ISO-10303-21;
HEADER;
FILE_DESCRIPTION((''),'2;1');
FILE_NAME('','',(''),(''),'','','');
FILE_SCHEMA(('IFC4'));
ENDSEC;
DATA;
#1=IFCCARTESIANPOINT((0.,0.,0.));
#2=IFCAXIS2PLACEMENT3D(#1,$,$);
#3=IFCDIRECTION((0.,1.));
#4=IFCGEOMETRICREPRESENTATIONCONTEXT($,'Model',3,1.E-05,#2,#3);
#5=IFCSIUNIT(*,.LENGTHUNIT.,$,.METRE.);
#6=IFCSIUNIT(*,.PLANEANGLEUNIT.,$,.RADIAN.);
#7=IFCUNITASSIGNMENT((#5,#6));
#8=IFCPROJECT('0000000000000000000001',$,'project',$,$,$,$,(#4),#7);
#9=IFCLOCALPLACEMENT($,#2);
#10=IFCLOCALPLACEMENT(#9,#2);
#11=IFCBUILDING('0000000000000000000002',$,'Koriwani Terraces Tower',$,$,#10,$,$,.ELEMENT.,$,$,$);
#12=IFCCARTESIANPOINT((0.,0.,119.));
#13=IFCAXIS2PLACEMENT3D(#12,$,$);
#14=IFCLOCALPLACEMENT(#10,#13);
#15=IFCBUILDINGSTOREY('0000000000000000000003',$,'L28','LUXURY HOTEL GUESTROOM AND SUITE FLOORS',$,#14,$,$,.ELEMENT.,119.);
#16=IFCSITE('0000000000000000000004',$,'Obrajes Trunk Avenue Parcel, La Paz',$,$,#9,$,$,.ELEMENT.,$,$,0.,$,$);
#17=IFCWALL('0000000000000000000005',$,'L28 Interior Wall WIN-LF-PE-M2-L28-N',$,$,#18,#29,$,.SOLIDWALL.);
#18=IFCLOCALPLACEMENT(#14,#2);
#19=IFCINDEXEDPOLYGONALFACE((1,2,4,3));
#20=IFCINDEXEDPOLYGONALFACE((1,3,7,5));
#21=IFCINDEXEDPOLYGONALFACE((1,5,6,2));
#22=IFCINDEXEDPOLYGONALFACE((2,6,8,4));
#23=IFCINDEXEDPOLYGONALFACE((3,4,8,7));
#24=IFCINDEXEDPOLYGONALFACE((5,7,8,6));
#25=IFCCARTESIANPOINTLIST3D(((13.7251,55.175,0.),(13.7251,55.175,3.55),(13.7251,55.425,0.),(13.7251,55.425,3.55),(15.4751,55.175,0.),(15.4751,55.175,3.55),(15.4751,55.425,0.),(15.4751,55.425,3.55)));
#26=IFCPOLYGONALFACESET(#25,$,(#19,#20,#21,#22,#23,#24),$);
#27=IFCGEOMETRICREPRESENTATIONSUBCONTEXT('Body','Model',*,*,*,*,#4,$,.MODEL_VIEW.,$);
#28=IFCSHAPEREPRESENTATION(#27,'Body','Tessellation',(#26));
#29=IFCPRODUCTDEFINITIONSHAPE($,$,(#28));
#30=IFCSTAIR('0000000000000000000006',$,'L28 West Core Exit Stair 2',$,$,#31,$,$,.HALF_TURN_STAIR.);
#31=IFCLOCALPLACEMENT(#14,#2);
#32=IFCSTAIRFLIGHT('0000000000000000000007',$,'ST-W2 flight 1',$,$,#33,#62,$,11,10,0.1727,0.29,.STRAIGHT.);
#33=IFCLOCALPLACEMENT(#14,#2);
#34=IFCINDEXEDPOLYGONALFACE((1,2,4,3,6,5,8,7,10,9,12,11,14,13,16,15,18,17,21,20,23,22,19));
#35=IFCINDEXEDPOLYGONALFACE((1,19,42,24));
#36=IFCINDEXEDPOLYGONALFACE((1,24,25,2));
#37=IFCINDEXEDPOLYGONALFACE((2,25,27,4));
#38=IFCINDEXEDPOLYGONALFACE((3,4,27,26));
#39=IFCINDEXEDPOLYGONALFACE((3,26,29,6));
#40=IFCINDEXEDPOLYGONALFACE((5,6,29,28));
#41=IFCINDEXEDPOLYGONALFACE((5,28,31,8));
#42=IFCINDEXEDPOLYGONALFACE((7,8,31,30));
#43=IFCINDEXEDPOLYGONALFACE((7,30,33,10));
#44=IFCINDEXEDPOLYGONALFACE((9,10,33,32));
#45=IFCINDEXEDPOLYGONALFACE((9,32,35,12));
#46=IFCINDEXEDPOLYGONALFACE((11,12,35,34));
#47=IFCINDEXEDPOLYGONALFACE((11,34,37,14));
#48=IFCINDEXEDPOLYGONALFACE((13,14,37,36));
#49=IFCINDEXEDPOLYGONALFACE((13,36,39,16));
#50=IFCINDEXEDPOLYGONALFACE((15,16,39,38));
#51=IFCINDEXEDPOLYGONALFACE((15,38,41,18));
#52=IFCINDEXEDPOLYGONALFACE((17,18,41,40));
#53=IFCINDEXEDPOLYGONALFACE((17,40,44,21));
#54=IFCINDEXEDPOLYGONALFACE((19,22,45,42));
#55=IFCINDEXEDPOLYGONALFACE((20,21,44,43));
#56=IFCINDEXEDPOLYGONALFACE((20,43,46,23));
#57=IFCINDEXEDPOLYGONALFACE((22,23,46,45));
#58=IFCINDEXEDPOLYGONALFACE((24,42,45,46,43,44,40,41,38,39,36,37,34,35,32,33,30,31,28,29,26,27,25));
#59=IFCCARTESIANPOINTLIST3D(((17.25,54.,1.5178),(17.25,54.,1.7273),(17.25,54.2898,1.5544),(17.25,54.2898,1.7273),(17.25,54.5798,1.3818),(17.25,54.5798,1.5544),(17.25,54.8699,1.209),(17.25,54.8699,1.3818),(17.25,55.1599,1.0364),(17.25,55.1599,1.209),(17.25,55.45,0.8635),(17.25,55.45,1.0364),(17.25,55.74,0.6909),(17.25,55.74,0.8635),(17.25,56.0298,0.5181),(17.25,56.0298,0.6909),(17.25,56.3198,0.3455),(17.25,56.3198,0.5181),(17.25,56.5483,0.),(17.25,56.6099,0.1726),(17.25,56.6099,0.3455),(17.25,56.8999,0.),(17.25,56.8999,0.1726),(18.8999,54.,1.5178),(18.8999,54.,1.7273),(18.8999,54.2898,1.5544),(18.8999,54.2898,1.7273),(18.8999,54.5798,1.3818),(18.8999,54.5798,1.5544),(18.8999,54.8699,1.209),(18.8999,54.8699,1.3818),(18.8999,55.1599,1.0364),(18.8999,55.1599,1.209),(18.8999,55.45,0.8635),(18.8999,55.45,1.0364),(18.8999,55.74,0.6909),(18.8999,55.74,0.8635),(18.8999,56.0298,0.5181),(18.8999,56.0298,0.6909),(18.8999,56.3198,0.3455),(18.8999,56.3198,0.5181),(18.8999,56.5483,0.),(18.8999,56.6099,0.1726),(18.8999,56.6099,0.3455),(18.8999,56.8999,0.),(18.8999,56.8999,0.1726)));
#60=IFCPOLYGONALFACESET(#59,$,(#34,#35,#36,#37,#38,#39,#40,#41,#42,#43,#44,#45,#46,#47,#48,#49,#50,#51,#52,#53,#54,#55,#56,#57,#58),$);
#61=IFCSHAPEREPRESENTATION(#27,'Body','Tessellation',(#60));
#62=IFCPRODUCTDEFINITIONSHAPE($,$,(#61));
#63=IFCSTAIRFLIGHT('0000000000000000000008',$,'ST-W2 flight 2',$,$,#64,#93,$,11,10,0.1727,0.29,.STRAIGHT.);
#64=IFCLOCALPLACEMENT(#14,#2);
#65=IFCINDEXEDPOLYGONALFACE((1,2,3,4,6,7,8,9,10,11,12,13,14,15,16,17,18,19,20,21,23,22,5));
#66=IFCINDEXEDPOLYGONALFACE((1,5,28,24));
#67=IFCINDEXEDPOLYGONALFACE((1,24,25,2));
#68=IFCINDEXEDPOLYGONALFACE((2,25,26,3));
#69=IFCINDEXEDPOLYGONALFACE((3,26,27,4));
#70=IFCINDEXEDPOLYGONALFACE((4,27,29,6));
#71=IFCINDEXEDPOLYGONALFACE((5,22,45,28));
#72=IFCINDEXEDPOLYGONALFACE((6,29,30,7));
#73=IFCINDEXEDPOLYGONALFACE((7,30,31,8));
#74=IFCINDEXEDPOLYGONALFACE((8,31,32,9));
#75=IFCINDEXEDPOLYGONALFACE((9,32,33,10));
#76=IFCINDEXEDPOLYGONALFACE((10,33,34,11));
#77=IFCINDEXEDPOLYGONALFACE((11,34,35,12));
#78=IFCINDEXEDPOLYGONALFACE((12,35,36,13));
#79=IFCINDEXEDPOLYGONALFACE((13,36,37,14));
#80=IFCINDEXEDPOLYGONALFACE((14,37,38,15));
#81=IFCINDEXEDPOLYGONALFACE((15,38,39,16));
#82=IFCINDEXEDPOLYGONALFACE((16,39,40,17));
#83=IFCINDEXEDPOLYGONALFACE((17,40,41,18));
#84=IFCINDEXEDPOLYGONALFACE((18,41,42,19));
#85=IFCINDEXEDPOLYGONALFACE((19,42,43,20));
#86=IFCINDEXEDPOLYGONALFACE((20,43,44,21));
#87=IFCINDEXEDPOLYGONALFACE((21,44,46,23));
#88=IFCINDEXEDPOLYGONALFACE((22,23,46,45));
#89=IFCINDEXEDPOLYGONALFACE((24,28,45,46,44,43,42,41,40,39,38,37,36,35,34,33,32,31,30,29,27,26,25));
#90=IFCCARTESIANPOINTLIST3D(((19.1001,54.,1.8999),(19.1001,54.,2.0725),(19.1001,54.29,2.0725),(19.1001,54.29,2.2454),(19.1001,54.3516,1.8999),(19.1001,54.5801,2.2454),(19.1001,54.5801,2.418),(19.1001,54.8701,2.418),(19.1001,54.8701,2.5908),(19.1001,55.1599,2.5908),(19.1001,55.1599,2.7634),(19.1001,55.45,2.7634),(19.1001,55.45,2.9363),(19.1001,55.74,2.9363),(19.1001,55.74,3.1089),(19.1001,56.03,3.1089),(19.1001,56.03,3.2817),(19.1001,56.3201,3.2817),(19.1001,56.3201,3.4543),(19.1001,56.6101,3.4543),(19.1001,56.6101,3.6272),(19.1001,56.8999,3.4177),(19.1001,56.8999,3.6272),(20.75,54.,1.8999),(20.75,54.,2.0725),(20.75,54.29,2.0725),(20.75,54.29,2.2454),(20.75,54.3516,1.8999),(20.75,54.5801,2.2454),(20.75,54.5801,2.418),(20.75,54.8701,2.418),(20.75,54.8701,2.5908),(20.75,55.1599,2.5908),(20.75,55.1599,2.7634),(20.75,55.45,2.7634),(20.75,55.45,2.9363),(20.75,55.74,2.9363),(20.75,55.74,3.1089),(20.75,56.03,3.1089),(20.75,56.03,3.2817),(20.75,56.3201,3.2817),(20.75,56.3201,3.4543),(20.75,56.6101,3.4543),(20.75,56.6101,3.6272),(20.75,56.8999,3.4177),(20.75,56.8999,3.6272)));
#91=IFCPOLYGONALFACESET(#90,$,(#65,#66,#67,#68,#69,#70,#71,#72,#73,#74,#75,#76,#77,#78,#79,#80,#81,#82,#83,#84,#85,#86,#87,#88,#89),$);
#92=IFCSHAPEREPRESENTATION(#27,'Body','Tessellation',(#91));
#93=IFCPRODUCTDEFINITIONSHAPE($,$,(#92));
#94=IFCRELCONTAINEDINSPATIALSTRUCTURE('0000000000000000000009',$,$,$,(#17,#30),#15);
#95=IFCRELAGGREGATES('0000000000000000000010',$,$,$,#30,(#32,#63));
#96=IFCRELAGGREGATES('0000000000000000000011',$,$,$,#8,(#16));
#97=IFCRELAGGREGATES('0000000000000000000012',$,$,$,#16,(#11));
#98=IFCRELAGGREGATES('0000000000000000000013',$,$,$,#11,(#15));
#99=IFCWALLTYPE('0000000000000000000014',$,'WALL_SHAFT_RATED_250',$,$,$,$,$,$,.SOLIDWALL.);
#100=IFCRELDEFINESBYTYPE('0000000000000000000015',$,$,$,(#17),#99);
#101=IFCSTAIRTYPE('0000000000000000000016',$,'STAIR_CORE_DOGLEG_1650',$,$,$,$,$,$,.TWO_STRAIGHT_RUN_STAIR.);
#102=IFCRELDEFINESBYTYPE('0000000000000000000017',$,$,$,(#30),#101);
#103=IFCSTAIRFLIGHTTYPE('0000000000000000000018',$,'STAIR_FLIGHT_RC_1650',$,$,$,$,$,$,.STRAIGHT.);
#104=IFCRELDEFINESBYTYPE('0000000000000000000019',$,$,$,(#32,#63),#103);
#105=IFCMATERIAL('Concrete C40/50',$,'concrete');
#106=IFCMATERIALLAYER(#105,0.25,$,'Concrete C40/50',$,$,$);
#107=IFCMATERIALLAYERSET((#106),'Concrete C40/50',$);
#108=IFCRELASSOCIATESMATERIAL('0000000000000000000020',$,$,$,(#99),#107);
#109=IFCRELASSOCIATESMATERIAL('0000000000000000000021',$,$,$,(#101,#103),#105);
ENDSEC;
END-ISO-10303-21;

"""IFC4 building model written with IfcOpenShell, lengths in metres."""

from ifc_helpers import new_model, si_unit, direction, frame, frame_2d, origin, place, context, subcontext, project, spatial, polyline, rectangle, outline, extrude, material, layer, layer_set, type_object, element, aggregate, save


model = new_model("IFC4")

# Units and contexts
model_context = context("Model", 3, precision=1e-05, world=origin(), true_north=direction((0.0, 1.0)))
body_context = subcontext(model_context, "Body", "Model", "MODEL_VIEW")
ifc_project = project(units=[si_unit("LENGTHUNIT", "METRE"), si_unit("PLANEANGLEUNIT", "RADIAN")], contexts=[model_context])

# Site, building, storey
site_placement = place(None, origin())
site = spatial("IfcSite", under=ifc_project, at=site_placement, Name="Obrajes Trunk Avenue Parcel, La Paz", CompositionType="ELEMENT", RefElevation=0.0)
building_placement = place(site_placement, origin())
building = spatial("IfcBuilding", under=site, at=building_placement, Name="Koriwani Terraces Tower", CompositionType="ELEMENT")
storey_placement = place(building_placement, frame((0.0, 0.0, 119.0)))
storey = spatial("IfcBuildingStorey", under=building, at=storey_placement, Name="L28", Description="LUXURY HOTEL GUESTROOM AND SUITE FLOORS", CompositionType="ELEMENT", Elevation=119.0)

# Shared definitions
ifc_material_1 = material(Name="Concrete C40/50", Category="concrete")

# Shared definitions
ifc_layer_1 = layer(ifc_material_1, 0.25, Name="Concrete C40/50")
ifc_layer_set_1 = layer_set([ifc_layer_1], Name="Concrete C40/50")
wall_type_1 = type_object("IfcWallType", Name="WALL_SHAFT_RATED_250", PredefinedType="SOLIDWALL", material=ifc_layer_set_1)

# Wall
wall_1_placement = place(storey_placement, frame((13.7251, 55.3, 0.0), z_axis=(0.0, 0.0, 1.0), x_axis=(1.0, 0.0, 0.0)))
element("IfcWall", 1, at=wall_1_placement, inside=storey, type_object=wall_type_1, Name="L28 Interior Wall WIN-LF-PE-M2-L28-N", PredefinedType="SOLIDWALL", context=body_context, shape_type="SweptSolid", body=[
    extrude(rectangle(XDim=1.75, YDim=0.25, at=frame_2d((0.875, 0.0))), origin(), (0.0, 0.0, 1.0), 3.55),
])

# Stair, stair flights
stair_type = type_object("IfcStairType", Name="STAIR_CORE_DOGLEG_1650", PredefinedType="TWO_STRAIGHT_RUN_STAIR", material=ifc_material_1)
stair_placement = place(storey_placement, origin())
stair = element("IfcStair", 2, at=stair_placement, inside=storey, type_object=stair_type, Name="L28 West Core Exit Stair 2", PredefinedType="HALF_TURN_STAIR")
stair_flight_type = type_object("IfcStairFlightType", Name="STAIR_FLIGHT_RC_1650", PredefinedType="STRAIGHT", material=ifc_material_1)
stair_flight_1_placement = place(storey_placement, frame((18.075, 56.8999, 0.0), z_axis=(0.0, 0.0, 1.0), x_axis=(0.0, -1.0, 0.0)))
stair_flight_1 = element("IfcStairFlight", 3, at=stair_flight_1_placement, type_object=stair_flight_type, Name="ST-W2 flight 1", NumberOfRisers=11, NumberOfTreads=10, PredefinedType="STRAIGHT", RiserHeight=0.1727, TreadLength=0.29, context=body_context, shape_type="SweptSolid", body=[
    extrude(outline(polyline([(0.0, 0.0), (0.0, 0.1726), (0.29, 0.1726), (0.29, 0.3455), (0.5801, 0.3455), (0.5801, 0.5181), (0.8701, 0.5181), (0.8701, 0.6909), (1.1599, 0.6909), (1.1599, 0.8635), (1.45, 0.8635), (1.45, 1.0364), (1.74, 1.0364), (1.74, 1.209), (2.03, 1.209), (2.03, 1.3818), (2.3201, 1.3818), (2.3201, 1.5544), (2.6101, 1.5544), (2.6101, 1.7273), (2.8999, 1.7273), (2.8999, 1.8999), (2.8999, 1.5178), (0.3516, 0.0), (0.0, 0.0)])), frame((0.0, 0.825, 0.0), z_axis=(0.0, -1.0, 0.0), x_axis=(1.0, 0.0, 0.0)), (0.0, 0.0, 1.0), 1.6499),
])
stair_flight_2_placement = place(storey_placement, frame((19.925, 54.0, 1.8999), z_axis=(0.0, 0.0, 1.0), x_axis=(0.0, 1.0, 0.0)))
stair_flight_2 = element("IfcStairFlight", 4, at=stair_flight_2_placement, type_object=stair_flight_type, Name="ST-W2 flight 2", NumberOfRisers=11, NumberOfTreads=10, PredefinedType="STRAIGHT", RiserHeight=0.1727, TreadLength=0.29, context=body_context, shape_type="SweptSolid", body=[
    extrude(outline(polyline([(0.0, 0.0), (0.0, 0.1726), (0.29, 0.1726), (0.29, 0.3455), (0.5801, 0.3455), (0.5801, 0.5181), (0.8701, 0.5181), (0.8701, 0.6909), (1.1599, 0.6909), (1.1599, 0.8635), (1.45, 0.8635), (1.45, 1.0364), (1.74, 1.0364), (1.74, 1.209), (2.03, 1.209), (2.03, 1.3818), (2.3201, 1.3818), (2.3201, 1.5544), (2.6101, 1.5544), (2.6101, 1.7273), (2.8999, 1.7273), (2.8999, 1.8999), (2.8999, 1.5178), (0.3516, 0.0), (0.0, 0.0)])), frame((0.0, 0.825, 0.0), z_axis=(0.0, -1.0, 0.0), x_axis=(1.0, 0.0, 0.0)), (0.0, 0.0, 1.0), 1.6499),
])
aggregate(stair, [stair_flight_1, stair_flight_2])

save(model, "model.ifc")
